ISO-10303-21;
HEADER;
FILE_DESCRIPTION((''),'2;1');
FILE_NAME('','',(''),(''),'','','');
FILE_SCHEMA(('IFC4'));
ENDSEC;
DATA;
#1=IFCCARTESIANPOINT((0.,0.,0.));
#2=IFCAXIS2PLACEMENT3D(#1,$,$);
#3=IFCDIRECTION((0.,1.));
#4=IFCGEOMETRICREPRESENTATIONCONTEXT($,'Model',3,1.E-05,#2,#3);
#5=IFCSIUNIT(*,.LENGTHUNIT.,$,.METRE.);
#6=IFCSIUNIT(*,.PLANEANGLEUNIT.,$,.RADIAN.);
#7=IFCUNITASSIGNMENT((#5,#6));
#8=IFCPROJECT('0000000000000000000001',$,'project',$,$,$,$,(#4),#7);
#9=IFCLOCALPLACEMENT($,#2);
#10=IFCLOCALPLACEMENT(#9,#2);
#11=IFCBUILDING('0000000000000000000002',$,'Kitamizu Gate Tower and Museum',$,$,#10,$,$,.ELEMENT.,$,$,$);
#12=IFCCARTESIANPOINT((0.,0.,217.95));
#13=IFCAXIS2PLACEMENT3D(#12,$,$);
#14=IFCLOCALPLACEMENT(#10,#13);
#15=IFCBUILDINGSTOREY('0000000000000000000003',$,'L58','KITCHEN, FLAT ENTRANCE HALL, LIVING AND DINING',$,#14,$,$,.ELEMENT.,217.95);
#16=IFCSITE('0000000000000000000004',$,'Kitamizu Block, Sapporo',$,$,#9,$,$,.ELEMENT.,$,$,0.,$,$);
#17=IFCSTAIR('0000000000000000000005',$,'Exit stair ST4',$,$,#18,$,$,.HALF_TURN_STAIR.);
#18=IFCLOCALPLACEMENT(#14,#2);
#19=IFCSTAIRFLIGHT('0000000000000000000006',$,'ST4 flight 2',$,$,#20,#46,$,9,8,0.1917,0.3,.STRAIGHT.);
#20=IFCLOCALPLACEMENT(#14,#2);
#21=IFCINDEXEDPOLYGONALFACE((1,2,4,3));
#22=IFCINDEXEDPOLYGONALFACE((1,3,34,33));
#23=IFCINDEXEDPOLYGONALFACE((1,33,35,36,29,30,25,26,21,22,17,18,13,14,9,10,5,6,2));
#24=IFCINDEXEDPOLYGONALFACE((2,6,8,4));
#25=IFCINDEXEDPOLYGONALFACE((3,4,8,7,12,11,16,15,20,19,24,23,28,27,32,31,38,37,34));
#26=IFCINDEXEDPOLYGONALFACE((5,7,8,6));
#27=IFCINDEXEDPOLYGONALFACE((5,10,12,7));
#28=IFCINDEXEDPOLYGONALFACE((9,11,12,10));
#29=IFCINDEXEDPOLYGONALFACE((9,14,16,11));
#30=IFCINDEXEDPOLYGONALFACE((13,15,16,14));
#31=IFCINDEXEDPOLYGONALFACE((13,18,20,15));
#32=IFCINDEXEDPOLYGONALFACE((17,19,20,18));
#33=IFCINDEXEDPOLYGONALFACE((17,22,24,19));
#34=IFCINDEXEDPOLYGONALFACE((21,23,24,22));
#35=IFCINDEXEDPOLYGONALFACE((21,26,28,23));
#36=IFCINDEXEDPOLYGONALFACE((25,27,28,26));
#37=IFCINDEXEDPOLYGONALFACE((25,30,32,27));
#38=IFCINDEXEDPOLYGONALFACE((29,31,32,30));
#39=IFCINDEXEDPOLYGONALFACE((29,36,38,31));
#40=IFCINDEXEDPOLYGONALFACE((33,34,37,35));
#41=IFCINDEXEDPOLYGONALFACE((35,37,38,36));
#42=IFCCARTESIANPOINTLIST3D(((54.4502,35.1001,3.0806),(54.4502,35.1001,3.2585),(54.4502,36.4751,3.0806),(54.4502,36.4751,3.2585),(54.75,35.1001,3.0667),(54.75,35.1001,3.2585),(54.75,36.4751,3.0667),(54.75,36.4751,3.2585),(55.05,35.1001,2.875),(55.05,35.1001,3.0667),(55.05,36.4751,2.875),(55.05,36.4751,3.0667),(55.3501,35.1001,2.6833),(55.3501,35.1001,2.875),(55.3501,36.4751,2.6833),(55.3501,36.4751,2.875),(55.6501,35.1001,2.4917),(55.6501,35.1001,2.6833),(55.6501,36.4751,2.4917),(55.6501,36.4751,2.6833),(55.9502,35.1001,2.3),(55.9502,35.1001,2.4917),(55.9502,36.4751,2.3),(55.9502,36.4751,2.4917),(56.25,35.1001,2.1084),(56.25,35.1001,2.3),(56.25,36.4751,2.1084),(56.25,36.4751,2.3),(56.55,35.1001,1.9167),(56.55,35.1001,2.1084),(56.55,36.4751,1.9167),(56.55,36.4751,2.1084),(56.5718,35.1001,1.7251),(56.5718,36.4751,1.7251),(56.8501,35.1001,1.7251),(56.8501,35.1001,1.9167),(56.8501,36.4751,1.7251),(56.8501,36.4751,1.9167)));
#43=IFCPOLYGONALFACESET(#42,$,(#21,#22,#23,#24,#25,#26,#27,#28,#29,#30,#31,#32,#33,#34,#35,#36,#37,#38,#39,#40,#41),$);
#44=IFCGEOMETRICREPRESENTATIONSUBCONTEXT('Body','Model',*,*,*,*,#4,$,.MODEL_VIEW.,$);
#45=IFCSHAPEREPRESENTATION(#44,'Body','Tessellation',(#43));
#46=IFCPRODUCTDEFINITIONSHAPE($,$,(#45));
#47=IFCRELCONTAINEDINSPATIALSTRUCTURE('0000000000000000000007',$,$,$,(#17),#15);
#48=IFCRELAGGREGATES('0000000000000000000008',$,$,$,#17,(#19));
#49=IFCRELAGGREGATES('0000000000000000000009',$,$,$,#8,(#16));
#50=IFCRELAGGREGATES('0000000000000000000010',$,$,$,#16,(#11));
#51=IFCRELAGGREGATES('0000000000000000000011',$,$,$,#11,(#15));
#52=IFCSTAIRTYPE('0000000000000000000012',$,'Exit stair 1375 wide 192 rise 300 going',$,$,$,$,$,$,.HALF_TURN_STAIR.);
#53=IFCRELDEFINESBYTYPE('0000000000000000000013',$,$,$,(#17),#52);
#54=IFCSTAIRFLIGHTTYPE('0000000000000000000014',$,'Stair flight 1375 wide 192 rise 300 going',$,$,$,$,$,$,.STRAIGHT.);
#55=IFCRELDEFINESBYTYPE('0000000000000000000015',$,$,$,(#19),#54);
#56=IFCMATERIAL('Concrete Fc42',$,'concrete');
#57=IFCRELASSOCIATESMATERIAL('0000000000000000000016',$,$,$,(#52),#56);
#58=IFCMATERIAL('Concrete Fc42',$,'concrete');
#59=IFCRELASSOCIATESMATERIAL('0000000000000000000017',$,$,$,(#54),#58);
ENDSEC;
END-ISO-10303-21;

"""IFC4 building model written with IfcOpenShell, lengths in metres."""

from ifc_helpers import new_model, si_unit, direction, frame, origin, place, context, subcontext, project, spatial, polyline, outline, extrude, material, type_object, element, aggregate, save


model = new_model("IFC4")

# Units and contexts
model_context = context("Model", 3, precision=1e-05, world=origin(), true_north=direction((0.0, 1.0)))
body_context = subcontext(model_context, "Body", "Model", "MODEL_VIEW")
ifc_project = project(units=[si_unit("LENGTHUNIT", "METRE"), si_unit("PLANEANGLEUNIT", "RADIAN")], contexts=[model_context])

# Site, building, storey
site_placement = place(None, origin())
site = spatial("IfcSite", under=ifc_project, at=site_placement, Name="Kitamizu Block, Sapporo", CompositionType="ELEMENT", RefElevation=0.0)
building_placement = place(site_placement, origin())
building = spatial("IfcBuilding", under=site, at=building_placement, Name="Kitamizu Gate Tower and Museum", CompositionType="ELEMENT")
storey_placement = place(building_placement, frame((0.0, 0.0, 217.95)))
storey = spatial("IfcBuildingStorey", under=building, at=storey_placement, Name="L58", Description="KITCHEN, FLAT ENTRANCE HALL, LIVING AND DINING", CompositionType="ELEMENT", Elevation=217.95)

# Stair, stair flight
ifc_material_1 = material(Name="Concrete Fc42", Category="concrete")
stair_type = type_object("IfcStairType", Name="Exit stair 1375 wide 192 rise 300 going", PredefinedType="HALF_TURN_STAIR", material=ifc_material_1)
stair_placement = place(storey_placement, origin())
stair = element("IfcStair", 1, at=stair_placement, inside=storey, type_object=stair_type, Name="Exit stair ST4", PredefinedType="HALF_TURN_STAIR")
ifc_material_2 = material(Name="Concrete Fc42", Category="concrete")
stair_flight_type = type_object("IfcStairFlightType", Name="Stair flight 1375 wide 192 rise 300 going", PredefinedType="STRAIGHT", material=ifc_material_2)
stair_flight_1_placement = place(storey_placement, frame((56.8501, 35.7876, 1.7251), z_axis=(0.0, 0.0, 1.0), x_axis=(-1.0, 0.0, 0.0)))
stair_flight_1 = element("IfcStairFlight", 2, at=stair_flight_1_placement, type_object=stair_flight_type, Name="ST4 flight 2", NumberOfRisers=9, NumberOfTreads=8, PredefinedType="STRAIGHT", RiserHeight=0.1917, TreadLength=0.3, context=body_context, shape_type="SweptSolid", body=[
    extrude(outline(polyline([(0.0, 0.0), (0.0, 0.1917), (0.3, 0.1917), (0.3, 0.3833), (0.6001, 0.3833), (0.6001, 0.575), (0.8999, 0.575), (0.8999, 0.7666), (1.2, 0.7666), (1.2, 0.9583), (1.5, 0.9583), (1.5, 1.1499), (1.8, 1.1499), (1.8, 1.3416), (2.1001, 1.3416), (2.1001, 1.5334), (2.3999, 1.5334), (2.3999, 1.7251), (2.3999, 1.3555), (0.2783, 0.0), (0.0, 0.0)])), frame((0.0, 0.6875, 0.0), z_axis=(0.0, -1.0, 0.0), x_axis=(1.0, 0.0, 0.0)), (0.0, 0.0, 1.0), 1.375),
])
aggregate(stair, [stair_flight_1])

save(model, "model.ifc")
